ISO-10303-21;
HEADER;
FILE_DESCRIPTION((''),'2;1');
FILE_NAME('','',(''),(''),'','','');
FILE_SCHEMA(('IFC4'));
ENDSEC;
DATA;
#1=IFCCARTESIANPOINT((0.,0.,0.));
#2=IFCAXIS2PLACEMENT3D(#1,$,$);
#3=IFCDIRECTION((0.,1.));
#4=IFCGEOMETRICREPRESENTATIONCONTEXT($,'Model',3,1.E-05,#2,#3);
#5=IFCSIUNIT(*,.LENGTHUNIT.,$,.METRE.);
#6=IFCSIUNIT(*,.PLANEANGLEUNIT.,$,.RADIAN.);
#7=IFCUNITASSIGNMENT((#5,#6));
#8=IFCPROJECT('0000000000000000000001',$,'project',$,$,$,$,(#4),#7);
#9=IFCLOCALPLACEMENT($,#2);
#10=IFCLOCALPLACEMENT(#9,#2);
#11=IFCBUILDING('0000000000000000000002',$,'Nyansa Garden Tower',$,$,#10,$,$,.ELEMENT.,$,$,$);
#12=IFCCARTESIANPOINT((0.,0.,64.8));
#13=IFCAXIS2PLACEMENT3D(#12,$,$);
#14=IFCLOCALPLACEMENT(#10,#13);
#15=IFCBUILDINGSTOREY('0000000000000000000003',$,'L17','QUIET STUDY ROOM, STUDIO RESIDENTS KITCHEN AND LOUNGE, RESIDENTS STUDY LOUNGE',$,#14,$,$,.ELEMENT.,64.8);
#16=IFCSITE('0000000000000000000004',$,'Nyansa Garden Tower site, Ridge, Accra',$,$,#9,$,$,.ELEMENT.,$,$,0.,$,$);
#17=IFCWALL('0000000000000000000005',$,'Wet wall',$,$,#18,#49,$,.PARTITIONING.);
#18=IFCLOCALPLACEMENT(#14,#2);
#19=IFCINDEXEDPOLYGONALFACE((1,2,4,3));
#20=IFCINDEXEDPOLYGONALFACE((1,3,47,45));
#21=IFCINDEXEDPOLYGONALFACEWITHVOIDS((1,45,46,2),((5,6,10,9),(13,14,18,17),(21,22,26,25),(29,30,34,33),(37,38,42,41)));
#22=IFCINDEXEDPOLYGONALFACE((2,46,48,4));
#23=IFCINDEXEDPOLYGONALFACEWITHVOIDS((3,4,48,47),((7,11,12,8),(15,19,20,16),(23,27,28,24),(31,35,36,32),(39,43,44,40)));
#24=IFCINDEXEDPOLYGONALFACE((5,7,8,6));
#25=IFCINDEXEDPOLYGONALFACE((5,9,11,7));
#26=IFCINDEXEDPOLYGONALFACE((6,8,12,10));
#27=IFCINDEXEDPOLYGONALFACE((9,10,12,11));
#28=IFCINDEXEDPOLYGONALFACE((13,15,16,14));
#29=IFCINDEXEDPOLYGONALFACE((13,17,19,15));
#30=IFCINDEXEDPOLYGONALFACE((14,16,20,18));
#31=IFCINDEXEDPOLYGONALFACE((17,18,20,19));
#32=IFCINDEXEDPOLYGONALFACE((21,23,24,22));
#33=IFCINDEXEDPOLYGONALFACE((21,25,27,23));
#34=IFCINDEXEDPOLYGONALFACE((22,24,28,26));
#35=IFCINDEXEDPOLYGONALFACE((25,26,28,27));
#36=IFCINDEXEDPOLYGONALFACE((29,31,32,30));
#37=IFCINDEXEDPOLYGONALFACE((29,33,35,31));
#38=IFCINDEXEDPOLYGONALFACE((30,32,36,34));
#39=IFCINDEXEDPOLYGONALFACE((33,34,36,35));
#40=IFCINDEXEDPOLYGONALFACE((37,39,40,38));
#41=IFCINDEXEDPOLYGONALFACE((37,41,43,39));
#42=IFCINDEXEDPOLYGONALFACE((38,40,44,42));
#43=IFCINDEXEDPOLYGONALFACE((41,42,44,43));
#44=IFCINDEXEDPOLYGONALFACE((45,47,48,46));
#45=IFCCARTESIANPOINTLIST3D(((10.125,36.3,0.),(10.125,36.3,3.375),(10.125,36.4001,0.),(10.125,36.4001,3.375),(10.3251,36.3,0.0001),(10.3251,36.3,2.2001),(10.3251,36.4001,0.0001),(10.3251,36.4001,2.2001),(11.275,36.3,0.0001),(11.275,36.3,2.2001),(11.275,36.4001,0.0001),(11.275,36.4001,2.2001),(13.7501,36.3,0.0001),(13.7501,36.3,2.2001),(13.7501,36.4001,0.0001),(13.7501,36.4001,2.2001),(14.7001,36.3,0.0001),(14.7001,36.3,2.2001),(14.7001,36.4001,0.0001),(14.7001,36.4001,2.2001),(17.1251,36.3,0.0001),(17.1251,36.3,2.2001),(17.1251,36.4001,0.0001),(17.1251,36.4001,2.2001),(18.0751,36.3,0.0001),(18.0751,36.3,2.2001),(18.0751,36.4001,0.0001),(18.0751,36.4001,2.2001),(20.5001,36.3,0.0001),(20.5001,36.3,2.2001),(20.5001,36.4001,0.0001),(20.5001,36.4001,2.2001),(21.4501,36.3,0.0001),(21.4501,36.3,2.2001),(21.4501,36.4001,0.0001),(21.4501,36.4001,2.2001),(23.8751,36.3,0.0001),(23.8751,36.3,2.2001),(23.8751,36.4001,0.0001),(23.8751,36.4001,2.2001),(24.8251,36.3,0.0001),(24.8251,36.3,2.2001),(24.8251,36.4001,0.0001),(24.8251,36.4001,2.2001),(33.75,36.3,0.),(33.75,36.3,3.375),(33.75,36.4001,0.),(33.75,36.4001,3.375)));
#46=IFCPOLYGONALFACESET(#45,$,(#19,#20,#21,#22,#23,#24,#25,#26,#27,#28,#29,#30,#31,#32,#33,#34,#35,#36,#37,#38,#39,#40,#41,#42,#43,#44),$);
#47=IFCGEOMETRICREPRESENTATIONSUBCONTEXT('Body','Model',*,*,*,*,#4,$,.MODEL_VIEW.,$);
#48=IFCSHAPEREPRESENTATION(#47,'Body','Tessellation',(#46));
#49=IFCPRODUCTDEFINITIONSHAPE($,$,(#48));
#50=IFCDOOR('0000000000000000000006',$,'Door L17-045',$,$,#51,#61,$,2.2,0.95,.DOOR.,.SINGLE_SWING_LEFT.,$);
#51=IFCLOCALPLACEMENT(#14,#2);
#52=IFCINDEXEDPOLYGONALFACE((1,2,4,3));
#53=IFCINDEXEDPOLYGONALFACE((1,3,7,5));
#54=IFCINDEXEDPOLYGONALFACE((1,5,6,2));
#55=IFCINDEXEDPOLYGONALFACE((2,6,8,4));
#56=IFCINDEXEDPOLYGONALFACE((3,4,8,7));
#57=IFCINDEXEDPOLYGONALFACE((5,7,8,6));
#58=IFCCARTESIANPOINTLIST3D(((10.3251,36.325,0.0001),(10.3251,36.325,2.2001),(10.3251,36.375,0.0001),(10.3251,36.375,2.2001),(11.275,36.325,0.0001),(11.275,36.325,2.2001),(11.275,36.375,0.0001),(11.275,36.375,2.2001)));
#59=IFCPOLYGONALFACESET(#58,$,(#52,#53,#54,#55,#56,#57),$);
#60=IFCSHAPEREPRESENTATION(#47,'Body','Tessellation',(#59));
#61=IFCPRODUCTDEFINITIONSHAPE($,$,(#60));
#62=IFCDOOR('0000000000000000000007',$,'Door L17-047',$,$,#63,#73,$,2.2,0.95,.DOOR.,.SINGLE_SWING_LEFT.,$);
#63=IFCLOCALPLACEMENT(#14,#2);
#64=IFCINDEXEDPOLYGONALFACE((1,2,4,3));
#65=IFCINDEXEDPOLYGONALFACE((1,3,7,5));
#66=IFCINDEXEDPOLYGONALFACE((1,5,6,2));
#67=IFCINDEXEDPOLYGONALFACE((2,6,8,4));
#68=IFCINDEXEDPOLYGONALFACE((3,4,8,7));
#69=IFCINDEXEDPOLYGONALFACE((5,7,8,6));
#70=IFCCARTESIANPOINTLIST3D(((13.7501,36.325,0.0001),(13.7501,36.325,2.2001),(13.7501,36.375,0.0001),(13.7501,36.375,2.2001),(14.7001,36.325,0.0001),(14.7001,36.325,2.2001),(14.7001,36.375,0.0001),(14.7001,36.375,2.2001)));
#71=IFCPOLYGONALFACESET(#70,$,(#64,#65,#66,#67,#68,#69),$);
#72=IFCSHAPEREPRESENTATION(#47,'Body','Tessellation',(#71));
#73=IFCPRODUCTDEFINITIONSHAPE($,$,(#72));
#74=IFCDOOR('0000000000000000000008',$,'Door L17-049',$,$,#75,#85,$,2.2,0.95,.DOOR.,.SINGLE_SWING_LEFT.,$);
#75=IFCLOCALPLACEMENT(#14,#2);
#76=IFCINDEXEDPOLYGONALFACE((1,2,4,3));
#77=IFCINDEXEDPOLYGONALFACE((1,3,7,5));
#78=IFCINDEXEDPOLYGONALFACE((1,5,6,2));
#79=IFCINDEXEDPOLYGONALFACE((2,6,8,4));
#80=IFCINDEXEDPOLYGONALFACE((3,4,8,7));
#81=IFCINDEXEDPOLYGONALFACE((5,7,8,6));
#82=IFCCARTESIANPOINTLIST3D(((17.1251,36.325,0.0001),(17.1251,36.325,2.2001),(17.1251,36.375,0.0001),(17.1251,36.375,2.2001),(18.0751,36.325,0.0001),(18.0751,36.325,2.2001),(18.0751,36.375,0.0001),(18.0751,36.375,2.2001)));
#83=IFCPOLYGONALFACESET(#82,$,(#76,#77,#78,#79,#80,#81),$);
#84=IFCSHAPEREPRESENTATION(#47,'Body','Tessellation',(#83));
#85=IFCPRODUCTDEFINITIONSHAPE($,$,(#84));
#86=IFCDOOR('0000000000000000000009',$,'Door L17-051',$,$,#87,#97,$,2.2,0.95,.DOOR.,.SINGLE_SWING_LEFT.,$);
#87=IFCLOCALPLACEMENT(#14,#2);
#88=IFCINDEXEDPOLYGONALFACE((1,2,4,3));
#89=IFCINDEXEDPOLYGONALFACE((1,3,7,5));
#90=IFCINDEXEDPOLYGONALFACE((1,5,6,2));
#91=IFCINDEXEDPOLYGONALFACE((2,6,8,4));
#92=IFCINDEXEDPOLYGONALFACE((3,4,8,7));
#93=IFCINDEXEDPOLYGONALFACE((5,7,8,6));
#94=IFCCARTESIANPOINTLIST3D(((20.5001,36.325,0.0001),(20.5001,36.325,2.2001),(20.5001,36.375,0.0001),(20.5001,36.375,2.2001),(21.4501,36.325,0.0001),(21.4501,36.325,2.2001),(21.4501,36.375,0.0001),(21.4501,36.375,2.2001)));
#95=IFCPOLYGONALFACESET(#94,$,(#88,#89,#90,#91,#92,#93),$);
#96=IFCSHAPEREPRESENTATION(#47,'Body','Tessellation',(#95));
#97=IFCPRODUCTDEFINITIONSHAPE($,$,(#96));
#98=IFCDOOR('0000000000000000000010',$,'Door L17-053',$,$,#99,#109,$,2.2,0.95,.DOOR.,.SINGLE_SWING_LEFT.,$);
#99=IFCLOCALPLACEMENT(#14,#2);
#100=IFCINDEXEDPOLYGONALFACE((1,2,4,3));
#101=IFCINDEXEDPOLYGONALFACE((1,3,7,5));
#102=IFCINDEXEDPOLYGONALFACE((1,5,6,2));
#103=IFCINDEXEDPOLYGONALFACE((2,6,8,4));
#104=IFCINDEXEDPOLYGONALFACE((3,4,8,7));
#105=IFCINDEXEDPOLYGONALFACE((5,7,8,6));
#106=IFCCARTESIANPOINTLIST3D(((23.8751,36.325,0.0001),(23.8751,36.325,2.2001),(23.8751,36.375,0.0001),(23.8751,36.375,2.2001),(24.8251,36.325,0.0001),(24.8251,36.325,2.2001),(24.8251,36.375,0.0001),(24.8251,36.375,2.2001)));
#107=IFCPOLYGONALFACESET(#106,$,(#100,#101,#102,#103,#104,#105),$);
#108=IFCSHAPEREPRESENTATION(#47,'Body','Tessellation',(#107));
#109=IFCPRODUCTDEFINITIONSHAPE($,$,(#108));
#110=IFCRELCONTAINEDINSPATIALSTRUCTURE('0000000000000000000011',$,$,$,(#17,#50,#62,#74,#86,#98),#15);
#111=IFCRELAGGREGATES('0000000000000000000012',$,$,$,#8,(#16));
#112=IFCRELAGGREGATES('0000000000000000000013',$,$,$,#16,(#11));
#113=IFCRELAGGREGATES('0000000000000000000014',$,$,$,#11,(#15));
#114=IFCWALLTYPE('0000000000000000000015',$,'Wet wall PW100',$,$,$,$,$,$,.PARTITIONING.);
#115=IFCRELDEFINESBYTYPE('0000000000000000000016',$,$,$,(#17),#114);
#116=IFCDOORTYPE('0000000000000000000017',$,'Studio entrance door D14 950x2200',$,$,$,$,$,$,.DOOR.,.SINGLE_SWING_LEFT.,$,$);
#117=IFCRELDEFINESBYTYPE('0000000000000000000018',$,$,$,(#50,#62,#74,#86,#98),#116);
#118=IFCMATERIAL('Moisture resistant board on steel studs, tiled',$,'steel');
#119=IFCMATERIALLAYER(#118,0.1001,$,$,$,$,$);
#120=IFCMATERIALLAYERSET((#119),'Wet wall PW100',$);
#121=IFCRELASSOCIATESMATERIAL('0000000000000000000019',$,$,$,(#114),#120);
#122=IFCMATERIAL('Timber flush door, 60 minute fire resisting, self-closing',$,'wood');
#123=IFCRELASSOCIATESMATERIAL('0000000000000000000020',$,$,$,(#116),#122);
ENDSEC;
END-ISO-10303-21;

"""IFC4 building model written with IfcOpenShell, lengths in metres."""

from ifc_helpers import new_model, si_unit, direction, frame, frame_2d, origin, place, context, subcontext, project, spatial, rectangle, extrude, material, layer, layer_set, type_object, element, fill, save


model = new_model("IFC4")

# Units and contexts
model_context = context("Model", 3, precision=1e-05, world=origin(), true_north=direction((0.0, 1.0)))
body_context = subcontext(model_context, "Body", "Model", "MODEL_VIEW")
ifc_project = project(units=[si_unit("LENGTHUNIT", "METRE"), si_unit("PLANEANGLEUNIT", "RADIAN")], contexts=[model_context])

# Site, building, storey
site_placement = place(None, origin())
site = spatial("IfcSite", under=ifc_project, at=site_placement, Name="Nyansa Garden Tower site, Ridge, Accra", CompositionType="ELEMENT", RefElevation=0.0)
building_placement = place(site_placement, origin())
building = spatial("IfcBuilding", under=site, at=building_placement, Name="Nyansa Garden Tower", CompositionType="ELEMENT")
storey_placement = place(building_placement, frame((0.0, 0.0, 64.8)))
storey = spatial("IfcBuildingStorey", under=building, at=storey_placement, Name="L17", Description="QUIET STUDY ROOM, STUDIO RESIDENTS KITCHEN AND LOUNGE, RESIDENTS STUDY LOUNGE", CompositionType="ELEMENT", Elevation=64.8)

# Wall, openings, doors
ifc_material_1 = material(Name="Moisture resistant board on steel studs, tiled", Category="steel")
ifc_layer_1 = layer(ifc_material_1, 0.1001)
ifc_layer_set_1 = layer_set([ifc_layer_1], Name="Wet wall PW100")
wall_type_1 = type_object("IfcWallType", Name="Wet wall PW100", PredefinedType="PARTITIONING", material=ifc_layer_set_1)
wall_1_placement = place(storey_placement, frame((10.125, 36.3501, 0.0), z_axis=(0.0, 0.0, 1.0), x_axis=(1.0, 0.0, 0.0)))
wall_1 = element("IfcWall", 1, at=wall_1_placement, inside=storey, type_object=wall_type_1, Name="Wet wall", PredefinedType="PARTITIONING", context=body_context, shape_type="SweptSolid", body=[
    extrude(rectangle(XDim=23.625, YDim=0.1001, at=frame_2d((11.8125, 0.0))), origin(), (0.0, 0.0, 1.0), 3.375),
])
opening_1_placement = place(wall_1_placement, frame((0.2, 0.0, 0.0)))
opening_1 = element("IfcOpeningElement", 2, at=opening_1_placement, cuts=wall_1, PredefinedType="OPENING", context=body_context, shape_type="SweptSolid", body=[
    extrude(rectangle(XDim=0.95, YDim=2.2, at=frame_2d((0.4751, 1.1001))), frame((0.0, 0.0601, 0.0), z_axis=(0.0, -1.0, 0.0), x_axis=(1.0, 0.0, 0.0)), (0.0, 0.0, 1.0), 0.1201),
])
opening_2_placement = place(wall_1_placement, frame((3.625, 0.0, 0.0)))
opening_2 = element("IfcOpeningElement", 3, at=opening_2_placement, cuts=wall_1, PredefinedType="OPENING", context=body_context, shape_type="SweptSolid", body=[
    extrude(rectangle(XDim=0.95, YDim=2.2, at=frame_2d((0.4751, 1.1001))), frame((0.0, 0.0601, 0.0), z_axis=(0.0, -1.0, 0.0), x_axis=(1.0, 0.0, 0.0)), (0.0, 0.0, 1.0), 0.1201),
])
opening_3_placement = place(wall_1_placement, frame((7.0, 0.0, 0.0)))
opening_3 = element("IfcOpeningElement", 4, at=opening_3_placement, cuts=wall_1, PredefinedType="OPENING", context=body_context, shape_type="SweptSolid", body=[
    extrude(rectangle(XDim=0.95, YDim=2.2, at=frame_2d((0.4751, 1.1001))), frame((0.0, 0.0601, 0.0), z_axis=(0.0, -1.0, 0.0), x_axis=(1.0, 0.0, 0.0)), (0.0, 0.0, 1.0), 0.1201),
])
opening_4_placement = place(wall_1_placement, frame((10.375, 0.0, 0.0)))
opening_4 = element("IfcOpeningElement", 5, at=opening_4_placement, cuts=wall_1, PredefinedType="OPENING", context=body_context, shape_type="SweptSolid", body=[
    extrude(rectangle(XDim=0.95, YDim=2.2, at=frame_2d((0.4751, 1.1001))), frame((0.0, 0.0601, 0.0), z_axis=(0.0, -1.0, 0.0), x_axis=(1.0, 0.0, 0.0)), (0.0, 0.0, 1.0), 0.1201),
])
opening_5_placement = place(wall_1_placement, frame((13.75, 0.0, 0.0)))
opening_5 = element("IfcOpeningElement", 6, at=opening_5_placement, cuts=wall_1, PredefinedType="OPENING", context=body_context, shape_type="SweptSolid", body=[
    extrude(rectangle(XDim=0.95, YDim=2.2, at=frame_2d((0.4751, 1.1001))), frame((0.0, 0.0601, 0.0), z_axis=(0.0, -1.0, 0.0), x_axis=(1.0, 0.0, 0.0)), (0.0, 0.0, 1.0), 0.1201),
])
ifc_material_2 = material(Name="Timber flush door, 60 minute fire resisting, self-closing", Category="wood")
door_type_1 = type_object("IfcDoorType", Name="Studio entrance door D14 950x2200", OperationType="SINGLE_SWING_LEFT", PredefinedType="DOOR", material=ifc_material_2)
door_1_placement = place(opening_1_placement, origin())
door_1 = element("IfcDoor", 7, at=door_1_placement, inside=storey, type_object=door_type_1, Name="Door L17-045", OperationType="SINGLE_SWING_LEFT", OverallHeight=2.2, OverallWidth=0.95, PredefinedType="DOOR", context=body_context, shape_type="SweptSolid", body=[
    extrude(rectangle(XDim=0.95, YDim=2.2, at=frame_2d((0.4751, 1.1001))), frame((0.0, 0.0249, 0.0), z_axis=(0.0, -1.0, 0.0), x_axis=(1.0, 0.0, 0.0)), (0.0, 0.0, 1.0), 0.05),
])
fill(opening_1, door_1)
door_2_placement = place(opening_2_placement, origin())
door_2 = element("IfcDoor", 8, at=door_2_placement, inside=storey, type_object=door_type_1, Name="Door L17-047", OperationType="SINGLE_SWING_LEFT", OverallHeight=2.2, OverallWidth=0.95, PredefinedType="DOOR", context=body_context, shape_type="SweptSolid", body=[
    extrude(rectangle(XDim=0.95, YDim=2.2, at=frame_2d((0.4751, 1.1001))), frame((0.0, 0.0249, 0.0), z_axis=(0.0, -1.0, 0.0), x_axis=(1.0, 0.0, 0.0)), (0.0, 0.0, 1.0), 0.05),
])
fill(opening_2, door_2)
door_3_placement = place(opening_3_placement, origin())
door_3 = element("IfcDoor", 9, at=door_3_placement, inside=storey, type_object=door_type_1, Name="Door L17-049", OperationType="SINGLE_SWING_LEFT", OverallHeight=2.2, OverallWidth=0.95, PredefinedType="DOOR", context=body_context, shape_type="SweptSolid", body=[
    extrude(rectangle(XDim=0.95, YDim=2.2, at=frame_2d((0.4751, 1.1001))), frame((0.0, 0.0249, 0.0), z_axis=(0.0, -1.0, 0.0), x_axis=(1.0, 0.0, 0.0)), (0.0, 0.0, 1.0), 0.05),
])
fill(opening_3, door_3)
door_4_placement = place(opening_4_placement, origin())
door_4 = element("IfcDoor", 10, at=door_4_placement, inside=storey, type_object=door_type_1, Name="Door L17-051", OperationType="SINGLE_SWING_LEFT", OverallHeight=2.2, OverallWidth=0.95, PredefinedType="DOOR", context=body_context, shape_type="SweptSolid", body=[
    extrude(rectangle(XDim=0.95, YDim=2.2, at=frame_2d((0.4751, 1.1001))), frame((0.0, 0.0249, 0.0), z_axis=(0.0, -1.0, 0.0), x_axis=(1.0, 0.0, 0.0)), (0.0, 0.0, 1.0), 0.05),
])
fill(opening_4, door_4)
door_5_placement = place(opening_5_placement, origin())
door_5 = element("IfcDoor", 11, at=door_5_placement, inside=storey, type_object=door_type_1, Name="Door L17-053", OperationType="SINGLE_SWING_LEFT", OverallHeight=2.2, OverallWidth=0.95, PredefinedType="DOOR", context=body_context, shape_type="SweptSolid", body=[
    extrude(rectangle(XDim=0.95, YDim=2.2, at=frame_2d((0.4751, 1.1001))), frame((0.0, 0.0249, 0.0), z_axis=(0.0, -1.0, 0.0), x_axis=(1.0, 0.0, 0.0)), (0.0, 0.0, 1.0), 0.05),
])
fill(opening_5, door_5)

save(model, "model.ifc")
